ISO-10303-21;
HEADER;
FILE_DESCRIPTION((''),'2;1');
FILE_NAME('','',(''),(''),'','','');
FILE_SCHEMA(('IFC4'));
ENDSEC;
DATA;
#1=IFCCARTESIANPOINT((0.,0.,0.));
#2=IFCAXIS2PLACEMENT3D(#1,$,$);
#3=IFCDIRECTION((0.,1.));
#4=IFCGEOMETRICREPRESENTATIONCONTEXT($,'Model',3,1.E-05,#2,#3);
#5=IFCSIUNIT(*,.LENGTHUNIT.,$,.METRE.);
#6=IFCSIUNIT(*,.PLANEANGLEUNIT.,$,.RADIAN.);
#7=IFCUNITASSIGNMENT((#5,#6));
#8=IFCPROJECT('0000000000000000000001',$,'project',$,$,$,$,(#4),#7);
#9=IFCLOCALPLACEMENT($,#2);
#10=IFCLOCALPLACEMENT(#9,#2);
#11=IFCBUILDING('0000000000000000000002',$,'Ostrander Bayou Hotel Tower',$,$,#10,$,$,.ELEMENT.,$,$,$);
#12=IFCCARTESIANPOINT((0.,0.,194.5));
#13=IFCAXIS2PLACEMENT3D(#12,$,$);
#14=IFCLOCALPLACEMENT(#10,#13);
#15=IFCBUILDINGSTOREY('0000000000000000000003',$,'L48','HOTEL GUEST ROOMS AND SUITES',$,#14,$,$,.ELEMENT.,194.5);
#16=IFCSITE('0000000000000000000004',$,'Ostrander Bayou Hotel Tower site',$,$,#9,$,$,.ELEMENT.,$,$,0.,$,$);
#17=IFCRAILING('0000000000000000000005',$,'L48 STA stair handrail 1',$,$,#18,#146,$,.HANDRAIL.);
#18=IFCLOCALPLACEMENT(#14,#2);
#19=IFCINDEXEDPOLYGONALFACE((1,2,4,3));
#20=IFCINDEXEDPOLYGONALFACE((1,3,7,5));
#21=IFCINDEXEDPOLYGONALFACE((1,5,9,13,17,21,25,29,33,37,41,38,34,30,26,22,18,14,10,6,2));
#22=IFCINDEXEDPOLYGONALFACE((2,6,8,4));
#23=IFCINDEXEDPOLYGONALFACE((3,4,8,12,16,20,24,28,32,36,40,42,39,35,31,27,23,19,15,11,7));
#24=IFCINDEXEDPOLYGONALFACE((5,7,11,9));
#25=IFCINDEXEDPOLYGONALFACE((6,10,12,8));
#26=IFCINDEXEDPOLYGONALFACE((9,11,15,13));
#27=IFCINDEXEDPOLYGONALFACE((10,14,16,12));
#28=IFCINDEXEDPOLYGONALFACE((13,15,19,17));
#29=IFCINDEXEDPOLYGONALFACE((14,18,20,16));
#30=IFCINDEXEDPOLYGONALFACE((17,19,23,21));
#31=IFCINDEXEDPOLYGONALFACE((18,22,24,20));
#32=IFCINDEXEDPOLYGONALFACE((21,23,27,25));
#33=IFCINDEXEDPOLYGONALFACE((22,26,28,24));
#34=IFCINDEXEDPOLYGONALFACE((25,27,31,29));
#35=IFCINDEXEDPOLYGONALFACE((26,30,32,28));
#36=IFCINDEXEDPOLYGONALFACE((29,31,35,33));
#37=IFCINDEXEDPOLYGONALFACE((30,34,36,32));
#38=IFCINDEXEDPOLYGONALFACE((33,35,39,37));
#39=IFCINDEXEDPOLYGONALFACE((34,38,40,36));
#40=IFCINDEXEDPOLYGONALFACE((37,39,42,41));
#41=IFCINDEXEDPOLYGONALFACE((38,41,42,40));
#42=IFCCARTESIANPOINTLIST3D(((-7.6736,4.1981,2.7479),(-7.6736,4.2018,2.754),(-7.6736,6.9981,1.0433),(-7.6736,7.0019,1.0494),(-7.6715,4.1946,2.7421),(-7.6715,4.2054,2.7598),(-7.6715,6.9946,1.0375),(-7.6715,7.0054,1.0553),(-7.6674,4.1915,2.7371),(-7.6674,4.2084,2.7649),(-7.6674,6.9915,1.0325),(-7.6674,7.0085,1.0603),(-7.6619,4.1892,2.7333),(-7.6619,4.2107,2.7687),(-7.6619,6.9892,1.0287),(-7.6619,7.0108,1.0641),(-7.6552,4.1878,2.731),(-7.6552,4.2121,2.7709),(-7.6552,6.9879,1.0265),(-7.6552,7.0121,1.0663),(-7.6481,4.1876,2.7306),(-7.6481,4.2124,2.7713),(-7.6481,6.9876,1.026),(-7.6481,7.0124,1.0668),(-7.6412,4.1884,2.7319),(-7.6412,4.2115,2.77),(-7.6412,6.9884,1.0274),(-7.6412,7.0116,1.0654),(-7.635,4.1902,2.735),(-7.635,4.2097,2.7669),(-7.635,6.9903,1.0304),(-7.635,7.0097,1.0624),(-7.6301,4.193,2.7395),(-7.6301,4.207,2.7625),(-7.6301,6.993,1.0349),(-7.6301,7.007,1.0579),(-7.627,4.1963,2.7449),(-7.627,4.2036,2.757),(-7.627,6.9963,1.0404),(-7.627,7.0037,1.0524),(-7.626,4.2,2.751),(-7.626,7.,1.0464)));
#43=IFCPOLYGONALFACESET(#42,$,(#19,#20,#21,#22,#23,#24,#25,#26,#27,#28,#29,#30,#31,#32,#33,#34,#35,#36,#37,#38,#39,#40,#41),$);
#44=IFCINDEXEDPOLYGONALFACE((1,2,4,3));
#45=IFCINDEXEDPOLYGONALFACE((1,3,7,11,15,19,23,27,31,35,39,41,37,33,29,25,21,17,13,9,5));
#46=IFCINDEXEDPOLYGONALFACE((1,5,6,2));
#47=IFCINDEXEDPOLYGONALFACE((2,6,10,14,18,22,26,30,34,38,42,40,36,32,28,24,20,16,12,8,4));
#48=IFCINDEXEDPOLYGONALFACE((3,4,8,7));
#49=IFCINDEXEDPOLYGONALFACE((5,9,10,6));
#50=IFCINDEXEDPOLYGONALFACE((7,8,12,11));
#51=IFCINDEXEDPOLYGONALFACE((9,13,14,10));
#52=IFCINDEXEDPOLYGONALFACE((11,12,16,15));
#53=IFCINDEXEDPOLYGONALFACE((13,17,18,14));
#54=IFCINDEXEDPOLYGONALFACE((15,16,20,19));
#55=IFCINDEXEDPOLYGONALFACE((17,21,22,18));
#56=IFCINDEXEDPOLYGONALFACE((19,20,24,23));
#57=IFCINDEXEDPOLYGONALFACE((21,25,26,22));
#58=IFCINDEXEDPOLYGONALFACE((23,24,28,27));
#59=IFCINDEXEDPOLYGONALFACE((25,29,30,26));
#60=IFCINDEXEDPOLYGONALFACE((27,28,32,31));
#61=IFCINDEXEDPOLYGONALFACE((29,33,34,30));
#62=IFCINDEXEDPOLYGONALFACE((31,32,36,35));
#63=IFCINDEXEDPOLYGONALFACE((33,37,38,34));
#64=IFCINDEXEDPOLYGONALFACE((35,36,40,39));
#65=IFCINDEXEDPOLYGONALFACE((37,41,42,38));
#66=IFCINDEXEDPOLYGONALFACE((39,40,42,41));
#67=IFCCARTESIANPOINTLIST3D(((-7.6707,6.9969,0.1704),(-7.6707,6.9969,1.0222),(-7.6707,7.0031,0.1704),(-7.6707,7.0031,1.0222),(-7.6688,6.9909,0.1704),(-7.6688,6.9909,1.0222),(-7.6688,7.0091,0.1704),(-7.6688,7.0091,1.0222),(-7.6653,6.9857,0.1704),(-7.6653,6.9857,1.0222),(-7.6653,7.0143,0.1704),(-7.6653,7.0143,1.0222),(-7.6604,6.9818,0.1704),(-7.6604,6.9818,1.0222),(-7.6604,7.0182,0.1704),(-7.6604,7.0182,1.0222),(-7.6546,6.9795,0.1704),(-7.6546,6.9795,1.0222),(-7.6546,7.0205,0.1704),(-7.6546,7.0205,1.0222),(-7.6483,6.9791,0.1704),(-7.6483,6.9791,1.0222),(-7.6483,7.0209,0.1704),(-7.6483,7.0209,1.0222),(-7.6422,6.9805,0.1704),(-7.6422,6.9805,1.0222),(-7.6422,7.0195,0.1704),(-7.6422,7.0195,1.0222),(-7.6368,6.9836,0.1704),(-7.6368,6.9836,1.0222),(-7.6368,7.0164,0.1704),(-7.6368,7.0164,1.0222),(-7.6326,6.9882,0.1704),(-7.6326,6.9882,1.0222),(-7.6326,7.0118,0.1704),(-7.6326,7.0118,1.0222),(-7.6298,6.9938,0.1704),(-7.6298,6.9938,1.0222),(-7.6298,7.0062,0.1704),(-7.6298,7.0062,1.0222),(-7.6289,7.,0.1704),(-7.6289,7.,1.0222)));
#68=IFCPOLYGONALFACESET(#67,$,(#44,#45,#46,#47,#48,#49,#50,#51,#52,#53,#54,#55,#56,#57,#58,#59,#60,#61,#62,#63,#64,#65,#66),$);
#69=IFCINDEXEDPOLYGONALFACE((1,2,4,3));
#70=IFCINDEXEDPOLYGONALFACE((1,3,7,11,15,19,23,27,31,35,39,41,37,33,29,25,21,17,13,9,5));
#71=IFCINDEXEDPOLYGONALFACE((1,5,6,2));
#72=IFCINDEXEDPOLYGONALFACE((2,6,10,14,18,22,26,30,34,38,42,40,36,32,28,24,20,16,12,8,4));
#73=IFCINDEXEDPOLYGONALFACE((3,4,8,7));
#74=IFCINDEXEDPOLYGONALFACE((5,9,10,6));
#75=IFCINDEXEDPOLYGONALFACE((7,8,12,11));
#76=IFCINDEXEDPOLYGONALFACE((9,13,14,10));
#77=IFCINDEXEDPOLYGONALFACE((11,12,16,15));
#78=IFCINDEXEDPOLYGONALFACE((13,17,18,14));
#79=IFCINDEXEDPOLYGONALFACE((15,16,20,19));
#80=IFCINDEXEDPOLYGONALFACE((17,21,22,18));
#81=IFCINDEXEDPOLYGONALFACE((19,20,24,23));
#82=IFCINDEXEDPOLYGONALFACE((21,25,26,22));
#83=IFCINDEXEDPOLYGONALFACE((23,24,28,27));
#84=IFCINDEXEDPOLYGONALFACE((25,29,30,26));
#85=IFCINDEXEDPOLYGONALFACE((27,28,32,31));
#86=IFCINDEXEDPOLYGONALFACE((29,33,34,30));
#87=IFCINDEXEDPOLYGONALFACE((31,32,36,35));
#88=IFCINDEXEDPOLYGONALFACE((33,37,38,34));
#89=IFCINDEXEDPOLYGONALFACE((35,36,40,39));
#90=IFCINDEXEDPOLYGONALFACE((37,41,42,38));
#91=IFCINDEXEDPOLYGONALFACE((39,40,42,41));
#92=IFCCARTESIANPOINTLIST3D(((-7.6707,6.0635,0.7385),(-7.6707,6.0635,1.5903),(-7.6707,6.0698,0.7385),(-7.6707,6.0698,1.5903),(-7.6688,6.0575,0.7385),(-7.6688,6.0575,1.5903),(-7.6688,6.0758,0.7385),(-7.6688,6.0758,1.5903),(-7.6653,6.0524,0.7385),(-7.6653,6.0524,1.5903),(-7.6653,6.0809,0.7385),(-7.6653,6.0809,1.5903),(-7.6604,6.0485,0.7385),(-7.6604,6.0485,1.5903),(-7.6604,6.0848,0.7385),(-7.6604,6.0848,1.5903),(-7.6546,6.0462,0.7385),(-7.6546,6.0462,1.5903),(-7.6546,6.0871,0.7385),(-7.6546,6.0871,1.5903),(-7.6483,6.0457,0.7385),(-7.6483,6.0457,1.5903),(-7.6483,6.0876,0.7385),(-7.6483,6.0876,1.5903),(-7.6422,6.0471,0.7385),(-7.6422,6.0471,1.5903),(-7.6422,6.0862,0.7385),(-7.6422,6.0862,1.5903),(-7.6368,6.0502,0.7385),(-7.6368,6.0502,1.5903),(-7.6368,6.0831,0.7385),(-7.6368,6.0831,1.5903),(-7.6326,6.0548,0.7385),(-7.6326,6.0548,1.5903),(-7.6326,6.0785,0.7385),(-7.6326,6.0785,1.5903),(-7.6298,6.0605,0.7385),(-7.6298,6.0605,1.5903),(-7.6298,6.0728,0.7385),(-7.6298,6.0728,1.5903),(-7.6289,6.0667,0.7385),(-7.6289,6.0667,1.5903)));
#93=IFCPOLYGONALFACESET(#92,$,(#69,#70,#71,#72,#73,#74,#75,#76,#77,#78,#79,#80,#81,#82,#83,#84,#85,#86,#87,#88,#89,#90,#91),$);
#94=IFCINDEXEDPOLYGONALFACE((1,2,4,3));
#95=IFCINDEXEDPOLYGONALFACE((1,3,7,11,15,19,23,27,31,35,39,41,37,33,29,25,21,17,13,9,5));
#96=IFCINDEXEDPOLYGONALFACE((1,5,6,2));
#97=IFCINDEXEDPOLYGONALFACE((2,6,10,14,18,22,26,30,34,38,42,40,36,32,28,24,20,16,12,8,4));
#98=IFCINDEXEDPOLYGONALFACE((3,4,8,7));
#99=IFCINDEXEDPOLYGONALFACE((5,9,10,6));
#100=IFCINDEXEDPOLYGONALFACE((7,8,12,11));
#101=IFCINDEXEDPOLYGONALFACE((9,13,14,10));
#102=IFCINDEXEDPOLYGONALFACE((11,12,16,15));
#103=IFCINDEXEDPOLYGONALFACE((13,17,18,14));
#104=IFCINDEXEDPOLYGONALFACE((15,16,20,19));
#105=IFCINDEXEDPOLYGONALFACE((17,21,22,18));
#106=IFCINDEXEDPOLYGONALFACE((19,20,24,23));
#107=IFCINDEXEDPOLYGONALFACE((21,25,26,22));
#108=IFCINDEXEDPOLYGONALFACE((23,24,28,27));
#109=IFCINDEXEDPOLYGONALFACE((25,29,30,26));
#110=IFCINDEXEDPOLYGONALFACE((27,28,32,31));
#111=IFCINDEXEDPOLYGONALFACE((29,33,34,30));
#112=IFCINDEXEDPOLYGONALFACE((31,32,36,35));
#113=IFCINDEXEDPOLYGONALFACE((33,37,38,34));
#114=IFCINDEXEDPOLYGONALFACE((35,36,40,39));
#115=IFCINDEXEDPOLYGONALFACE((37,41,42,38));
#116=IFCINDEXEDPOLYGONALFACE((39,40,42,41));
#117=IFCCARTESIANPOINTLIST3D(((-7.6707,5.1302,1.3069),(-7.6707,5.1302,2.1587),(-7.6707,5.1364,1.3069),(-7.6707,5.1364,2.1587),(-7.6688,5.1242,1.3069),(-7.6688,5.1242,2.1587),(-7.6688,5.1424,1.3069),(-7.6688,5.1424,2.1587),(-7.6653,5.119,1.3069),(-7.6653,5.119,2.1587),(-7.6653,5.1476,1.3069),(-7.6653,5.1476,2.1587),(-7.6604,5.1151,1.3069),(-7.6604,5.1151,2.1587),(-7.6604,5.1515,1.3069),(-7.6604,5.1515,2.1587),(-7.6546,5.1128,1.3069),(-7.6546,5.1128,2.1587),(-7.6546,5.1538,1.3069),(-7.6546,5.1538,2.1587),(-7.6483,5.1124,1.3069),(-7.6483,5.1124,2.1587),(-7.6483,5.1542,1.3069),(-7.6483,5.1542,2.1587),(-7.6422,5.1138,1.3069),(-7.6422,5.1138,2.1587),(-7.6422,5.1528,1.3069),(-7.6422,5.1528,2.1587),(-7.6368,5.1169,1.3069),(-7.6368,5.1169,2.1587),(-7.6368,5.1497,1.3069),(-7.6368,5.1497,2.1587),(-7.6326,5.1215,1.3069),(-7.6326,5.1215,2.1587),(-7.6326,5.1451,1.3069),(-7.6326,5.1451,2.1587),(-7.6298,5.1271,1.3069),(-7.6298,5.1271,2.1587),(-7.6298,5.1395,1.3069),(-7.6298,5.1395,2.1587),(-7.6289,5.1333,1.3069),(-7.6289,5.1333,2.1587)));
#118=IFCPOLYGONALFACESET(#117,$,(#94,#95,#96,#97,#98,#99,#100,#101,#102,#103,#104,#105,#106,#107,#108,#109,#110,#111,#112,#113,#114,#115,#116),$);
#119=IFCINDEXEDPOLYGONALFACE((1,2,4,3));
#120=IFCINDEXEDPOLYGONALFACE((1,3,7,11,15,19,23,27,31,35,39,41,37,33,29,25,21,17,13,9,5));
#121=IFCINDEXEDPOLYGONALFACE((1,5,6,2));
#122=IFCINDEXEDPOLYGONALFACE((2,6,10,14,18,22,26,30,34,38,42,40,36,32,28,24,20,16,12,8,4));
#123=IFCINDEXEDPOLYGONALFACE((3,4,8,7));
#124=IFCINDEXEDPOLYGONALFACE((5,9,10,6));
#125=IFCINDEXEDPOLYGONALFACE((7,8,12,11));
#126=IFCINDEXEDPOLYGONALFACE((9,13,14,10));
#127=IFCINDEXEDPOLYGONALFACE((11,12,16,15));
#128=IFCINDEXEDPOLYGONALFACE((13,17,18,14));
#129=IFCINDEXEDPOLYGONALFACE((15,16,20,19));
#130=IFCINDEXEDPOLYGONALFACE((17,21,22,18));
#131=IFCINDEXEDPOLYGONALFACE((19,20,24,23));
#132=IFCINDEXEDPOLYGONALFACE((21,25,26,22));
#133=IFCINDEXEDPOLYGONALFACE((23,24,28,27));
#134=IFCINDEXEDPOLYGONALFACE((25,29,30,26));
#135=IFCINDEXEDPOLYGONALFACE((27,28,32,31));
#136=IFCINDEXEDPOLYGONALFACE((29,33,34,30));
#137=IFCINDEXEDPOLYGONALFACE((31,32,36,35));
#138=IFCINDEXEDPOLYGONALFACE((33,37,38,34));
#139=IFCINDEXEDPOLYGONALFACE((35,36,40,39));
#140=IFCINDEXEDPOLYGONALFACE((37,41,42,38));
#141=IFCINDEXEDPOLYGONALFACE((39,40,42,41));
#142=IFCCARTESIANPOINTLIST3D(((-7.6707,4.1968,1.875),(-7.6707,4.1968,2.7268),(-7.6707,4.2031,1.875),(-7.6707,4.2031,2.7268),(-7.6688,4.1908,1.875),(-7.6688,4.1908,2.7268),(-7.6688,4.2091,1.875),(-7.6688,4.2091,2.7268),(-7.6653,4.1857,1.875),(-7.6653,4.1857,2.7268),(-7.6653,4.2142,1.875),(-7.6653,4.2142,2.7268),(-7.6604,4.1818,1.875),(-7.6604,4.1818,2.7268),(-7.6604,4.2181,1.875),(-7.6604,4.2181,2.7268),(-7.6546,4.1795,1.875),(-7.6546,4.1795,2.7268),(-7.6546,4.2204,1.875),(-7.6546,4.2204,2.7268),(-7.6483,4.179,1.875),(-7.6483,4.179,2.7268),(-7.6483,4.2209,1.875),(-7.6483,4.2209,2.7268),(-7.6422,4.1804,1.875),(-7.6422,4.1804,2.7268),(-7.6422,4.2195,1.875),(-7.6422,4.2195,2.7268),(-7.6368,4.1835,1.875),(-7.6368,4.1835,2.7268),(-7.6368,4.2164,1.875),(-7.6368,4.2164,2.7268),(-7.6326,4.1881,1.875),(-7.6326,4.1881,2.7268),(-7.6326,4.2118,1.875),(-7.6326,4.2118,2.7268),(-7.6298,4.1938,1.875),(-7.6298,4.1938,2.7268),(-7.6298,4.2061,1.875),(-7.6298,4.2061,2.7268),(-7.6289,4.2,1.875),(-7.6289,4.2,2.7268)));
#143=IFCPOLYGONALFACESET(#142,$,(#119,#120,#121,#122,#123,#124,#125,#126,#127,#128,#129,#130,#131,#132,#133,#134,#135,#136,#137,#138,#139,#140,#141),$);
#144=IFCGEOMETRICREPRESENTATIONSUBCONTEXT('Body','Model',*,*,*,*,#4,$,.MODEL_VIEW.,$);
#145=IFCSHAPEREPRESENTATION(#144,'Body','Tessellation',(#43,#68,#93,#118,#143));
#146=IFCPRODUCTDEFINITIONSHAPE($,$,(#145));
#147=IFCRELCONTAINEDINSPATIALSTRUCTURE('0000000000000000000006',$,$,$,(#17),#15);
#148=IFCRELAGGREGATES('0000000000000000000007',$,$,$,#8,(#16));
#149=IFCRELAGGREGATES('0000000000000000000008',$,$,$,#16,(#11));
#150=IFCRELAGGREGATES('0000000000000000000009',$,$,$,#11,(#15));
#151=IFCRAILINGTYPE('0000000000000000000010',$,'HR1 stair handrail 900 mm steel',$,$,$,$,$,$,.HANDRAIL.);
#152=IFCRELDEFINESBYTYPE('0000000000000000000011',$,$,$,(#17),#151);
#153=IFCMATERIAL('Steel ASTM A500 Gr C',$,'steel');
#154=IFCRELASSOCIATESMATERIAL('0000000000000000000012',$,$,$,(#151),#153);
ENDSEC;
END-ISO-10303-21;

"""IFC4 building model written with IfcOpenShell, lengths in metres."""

from ifc_helpers import new_model, si_unit, direction, frame, origin, origin_2d, place, context, subcontext, project, spatial, circle, extrude, material, type_object, element, save


model = new_model("IFC4")

# Units and contexts
model_context = context("Model", 3, precision=1e-05, world=origin(), true_north=direction((0.0, 1.0)))
body_context = subcontext(model_context, "Body", "Model", "MODEL_VIEW")
ifc_project = project(units=[si_unit("LENGTHUNIT", "METRE"), si_unit("PLANEANGLEUNIT", "RADIAN")], contexts=[model_context])

# Site, building, storey
site_placement = place(None, origin())
site = spatial("IfcSite", under=ifc_project, at=site_placement, Name="Ostrander Bayou Hotel Tower site", CompositionType="ELEMENT", RefElevation=0.0)
building_placement = place(site_placement, origin())
building = spatial("IfcBuilding", under=site, at=building_placement, Name="Ostrander Bayou Hotel Tower", CompositionType="ELEMENT")
storey_placement = place(building_placement, frame((0.0, 0.0, 194.5)))
storey = spatial("IfcBuildingStorey", under=building, at=storey_placement, Name="L48", Description="HOTEL GUEST ROOMS AND SUITES", CompositionType="ELEMENT", Elevation=194.5)

# Railing
ifc_material_1 = material(Name="Steel ASTM A500 Gr C", Category="steel")
railing_type_1 = type_object("IfcRailingType", Name="HR1 stair handrail 900 mm steel", PredefinedType="HANDRAIL", material=ifc_material_1)
railing_1_placement = place(storey_placement, frame((-7.6499, 7.0, 0.1704)))
element("IfcRailing", 1, at=railing_1_placement, inside=storey, type_object=railing_type_1, Name="L48 STA stair handrail 1", PredefinedType="HANDRAIL", context=body_context, shape_type="SweptSolid", body=[
    extrude(circle(Radius=0.0239, at=origin_2d()), frame((0.0, 0.0, 0.876), z_axis=(0.0, -0.85417, 0.519994), x_axis=(1.0, 0.0, 0.0)), (0.0, 0.0, 1.0), 3.2781),
    extrude(circle(Radius=0.021, at=origin_2d()), origin(), (0.0, 0.0, 1.0), 0.8518),
    extrude(circle(Radius=0.021, at=origin_2d()), frame((0.0, -0.9333, 0.5681)), (0.0, 0.0, 1.0), 0.8518),
    extrude(circle(Radius=0.021, at=origin_2d()), frame((0.0, -1.8667, 1.1365)), (0.0, 0.0, 1.0), 0.8518),
    extrude(circle(Radius=0.021, at=origin_2d()), frame((0.0, -2.8, 1.7046)), (0.0, 0.0, 1.0), 0.8518),
])

save(model, "model.ifc")
